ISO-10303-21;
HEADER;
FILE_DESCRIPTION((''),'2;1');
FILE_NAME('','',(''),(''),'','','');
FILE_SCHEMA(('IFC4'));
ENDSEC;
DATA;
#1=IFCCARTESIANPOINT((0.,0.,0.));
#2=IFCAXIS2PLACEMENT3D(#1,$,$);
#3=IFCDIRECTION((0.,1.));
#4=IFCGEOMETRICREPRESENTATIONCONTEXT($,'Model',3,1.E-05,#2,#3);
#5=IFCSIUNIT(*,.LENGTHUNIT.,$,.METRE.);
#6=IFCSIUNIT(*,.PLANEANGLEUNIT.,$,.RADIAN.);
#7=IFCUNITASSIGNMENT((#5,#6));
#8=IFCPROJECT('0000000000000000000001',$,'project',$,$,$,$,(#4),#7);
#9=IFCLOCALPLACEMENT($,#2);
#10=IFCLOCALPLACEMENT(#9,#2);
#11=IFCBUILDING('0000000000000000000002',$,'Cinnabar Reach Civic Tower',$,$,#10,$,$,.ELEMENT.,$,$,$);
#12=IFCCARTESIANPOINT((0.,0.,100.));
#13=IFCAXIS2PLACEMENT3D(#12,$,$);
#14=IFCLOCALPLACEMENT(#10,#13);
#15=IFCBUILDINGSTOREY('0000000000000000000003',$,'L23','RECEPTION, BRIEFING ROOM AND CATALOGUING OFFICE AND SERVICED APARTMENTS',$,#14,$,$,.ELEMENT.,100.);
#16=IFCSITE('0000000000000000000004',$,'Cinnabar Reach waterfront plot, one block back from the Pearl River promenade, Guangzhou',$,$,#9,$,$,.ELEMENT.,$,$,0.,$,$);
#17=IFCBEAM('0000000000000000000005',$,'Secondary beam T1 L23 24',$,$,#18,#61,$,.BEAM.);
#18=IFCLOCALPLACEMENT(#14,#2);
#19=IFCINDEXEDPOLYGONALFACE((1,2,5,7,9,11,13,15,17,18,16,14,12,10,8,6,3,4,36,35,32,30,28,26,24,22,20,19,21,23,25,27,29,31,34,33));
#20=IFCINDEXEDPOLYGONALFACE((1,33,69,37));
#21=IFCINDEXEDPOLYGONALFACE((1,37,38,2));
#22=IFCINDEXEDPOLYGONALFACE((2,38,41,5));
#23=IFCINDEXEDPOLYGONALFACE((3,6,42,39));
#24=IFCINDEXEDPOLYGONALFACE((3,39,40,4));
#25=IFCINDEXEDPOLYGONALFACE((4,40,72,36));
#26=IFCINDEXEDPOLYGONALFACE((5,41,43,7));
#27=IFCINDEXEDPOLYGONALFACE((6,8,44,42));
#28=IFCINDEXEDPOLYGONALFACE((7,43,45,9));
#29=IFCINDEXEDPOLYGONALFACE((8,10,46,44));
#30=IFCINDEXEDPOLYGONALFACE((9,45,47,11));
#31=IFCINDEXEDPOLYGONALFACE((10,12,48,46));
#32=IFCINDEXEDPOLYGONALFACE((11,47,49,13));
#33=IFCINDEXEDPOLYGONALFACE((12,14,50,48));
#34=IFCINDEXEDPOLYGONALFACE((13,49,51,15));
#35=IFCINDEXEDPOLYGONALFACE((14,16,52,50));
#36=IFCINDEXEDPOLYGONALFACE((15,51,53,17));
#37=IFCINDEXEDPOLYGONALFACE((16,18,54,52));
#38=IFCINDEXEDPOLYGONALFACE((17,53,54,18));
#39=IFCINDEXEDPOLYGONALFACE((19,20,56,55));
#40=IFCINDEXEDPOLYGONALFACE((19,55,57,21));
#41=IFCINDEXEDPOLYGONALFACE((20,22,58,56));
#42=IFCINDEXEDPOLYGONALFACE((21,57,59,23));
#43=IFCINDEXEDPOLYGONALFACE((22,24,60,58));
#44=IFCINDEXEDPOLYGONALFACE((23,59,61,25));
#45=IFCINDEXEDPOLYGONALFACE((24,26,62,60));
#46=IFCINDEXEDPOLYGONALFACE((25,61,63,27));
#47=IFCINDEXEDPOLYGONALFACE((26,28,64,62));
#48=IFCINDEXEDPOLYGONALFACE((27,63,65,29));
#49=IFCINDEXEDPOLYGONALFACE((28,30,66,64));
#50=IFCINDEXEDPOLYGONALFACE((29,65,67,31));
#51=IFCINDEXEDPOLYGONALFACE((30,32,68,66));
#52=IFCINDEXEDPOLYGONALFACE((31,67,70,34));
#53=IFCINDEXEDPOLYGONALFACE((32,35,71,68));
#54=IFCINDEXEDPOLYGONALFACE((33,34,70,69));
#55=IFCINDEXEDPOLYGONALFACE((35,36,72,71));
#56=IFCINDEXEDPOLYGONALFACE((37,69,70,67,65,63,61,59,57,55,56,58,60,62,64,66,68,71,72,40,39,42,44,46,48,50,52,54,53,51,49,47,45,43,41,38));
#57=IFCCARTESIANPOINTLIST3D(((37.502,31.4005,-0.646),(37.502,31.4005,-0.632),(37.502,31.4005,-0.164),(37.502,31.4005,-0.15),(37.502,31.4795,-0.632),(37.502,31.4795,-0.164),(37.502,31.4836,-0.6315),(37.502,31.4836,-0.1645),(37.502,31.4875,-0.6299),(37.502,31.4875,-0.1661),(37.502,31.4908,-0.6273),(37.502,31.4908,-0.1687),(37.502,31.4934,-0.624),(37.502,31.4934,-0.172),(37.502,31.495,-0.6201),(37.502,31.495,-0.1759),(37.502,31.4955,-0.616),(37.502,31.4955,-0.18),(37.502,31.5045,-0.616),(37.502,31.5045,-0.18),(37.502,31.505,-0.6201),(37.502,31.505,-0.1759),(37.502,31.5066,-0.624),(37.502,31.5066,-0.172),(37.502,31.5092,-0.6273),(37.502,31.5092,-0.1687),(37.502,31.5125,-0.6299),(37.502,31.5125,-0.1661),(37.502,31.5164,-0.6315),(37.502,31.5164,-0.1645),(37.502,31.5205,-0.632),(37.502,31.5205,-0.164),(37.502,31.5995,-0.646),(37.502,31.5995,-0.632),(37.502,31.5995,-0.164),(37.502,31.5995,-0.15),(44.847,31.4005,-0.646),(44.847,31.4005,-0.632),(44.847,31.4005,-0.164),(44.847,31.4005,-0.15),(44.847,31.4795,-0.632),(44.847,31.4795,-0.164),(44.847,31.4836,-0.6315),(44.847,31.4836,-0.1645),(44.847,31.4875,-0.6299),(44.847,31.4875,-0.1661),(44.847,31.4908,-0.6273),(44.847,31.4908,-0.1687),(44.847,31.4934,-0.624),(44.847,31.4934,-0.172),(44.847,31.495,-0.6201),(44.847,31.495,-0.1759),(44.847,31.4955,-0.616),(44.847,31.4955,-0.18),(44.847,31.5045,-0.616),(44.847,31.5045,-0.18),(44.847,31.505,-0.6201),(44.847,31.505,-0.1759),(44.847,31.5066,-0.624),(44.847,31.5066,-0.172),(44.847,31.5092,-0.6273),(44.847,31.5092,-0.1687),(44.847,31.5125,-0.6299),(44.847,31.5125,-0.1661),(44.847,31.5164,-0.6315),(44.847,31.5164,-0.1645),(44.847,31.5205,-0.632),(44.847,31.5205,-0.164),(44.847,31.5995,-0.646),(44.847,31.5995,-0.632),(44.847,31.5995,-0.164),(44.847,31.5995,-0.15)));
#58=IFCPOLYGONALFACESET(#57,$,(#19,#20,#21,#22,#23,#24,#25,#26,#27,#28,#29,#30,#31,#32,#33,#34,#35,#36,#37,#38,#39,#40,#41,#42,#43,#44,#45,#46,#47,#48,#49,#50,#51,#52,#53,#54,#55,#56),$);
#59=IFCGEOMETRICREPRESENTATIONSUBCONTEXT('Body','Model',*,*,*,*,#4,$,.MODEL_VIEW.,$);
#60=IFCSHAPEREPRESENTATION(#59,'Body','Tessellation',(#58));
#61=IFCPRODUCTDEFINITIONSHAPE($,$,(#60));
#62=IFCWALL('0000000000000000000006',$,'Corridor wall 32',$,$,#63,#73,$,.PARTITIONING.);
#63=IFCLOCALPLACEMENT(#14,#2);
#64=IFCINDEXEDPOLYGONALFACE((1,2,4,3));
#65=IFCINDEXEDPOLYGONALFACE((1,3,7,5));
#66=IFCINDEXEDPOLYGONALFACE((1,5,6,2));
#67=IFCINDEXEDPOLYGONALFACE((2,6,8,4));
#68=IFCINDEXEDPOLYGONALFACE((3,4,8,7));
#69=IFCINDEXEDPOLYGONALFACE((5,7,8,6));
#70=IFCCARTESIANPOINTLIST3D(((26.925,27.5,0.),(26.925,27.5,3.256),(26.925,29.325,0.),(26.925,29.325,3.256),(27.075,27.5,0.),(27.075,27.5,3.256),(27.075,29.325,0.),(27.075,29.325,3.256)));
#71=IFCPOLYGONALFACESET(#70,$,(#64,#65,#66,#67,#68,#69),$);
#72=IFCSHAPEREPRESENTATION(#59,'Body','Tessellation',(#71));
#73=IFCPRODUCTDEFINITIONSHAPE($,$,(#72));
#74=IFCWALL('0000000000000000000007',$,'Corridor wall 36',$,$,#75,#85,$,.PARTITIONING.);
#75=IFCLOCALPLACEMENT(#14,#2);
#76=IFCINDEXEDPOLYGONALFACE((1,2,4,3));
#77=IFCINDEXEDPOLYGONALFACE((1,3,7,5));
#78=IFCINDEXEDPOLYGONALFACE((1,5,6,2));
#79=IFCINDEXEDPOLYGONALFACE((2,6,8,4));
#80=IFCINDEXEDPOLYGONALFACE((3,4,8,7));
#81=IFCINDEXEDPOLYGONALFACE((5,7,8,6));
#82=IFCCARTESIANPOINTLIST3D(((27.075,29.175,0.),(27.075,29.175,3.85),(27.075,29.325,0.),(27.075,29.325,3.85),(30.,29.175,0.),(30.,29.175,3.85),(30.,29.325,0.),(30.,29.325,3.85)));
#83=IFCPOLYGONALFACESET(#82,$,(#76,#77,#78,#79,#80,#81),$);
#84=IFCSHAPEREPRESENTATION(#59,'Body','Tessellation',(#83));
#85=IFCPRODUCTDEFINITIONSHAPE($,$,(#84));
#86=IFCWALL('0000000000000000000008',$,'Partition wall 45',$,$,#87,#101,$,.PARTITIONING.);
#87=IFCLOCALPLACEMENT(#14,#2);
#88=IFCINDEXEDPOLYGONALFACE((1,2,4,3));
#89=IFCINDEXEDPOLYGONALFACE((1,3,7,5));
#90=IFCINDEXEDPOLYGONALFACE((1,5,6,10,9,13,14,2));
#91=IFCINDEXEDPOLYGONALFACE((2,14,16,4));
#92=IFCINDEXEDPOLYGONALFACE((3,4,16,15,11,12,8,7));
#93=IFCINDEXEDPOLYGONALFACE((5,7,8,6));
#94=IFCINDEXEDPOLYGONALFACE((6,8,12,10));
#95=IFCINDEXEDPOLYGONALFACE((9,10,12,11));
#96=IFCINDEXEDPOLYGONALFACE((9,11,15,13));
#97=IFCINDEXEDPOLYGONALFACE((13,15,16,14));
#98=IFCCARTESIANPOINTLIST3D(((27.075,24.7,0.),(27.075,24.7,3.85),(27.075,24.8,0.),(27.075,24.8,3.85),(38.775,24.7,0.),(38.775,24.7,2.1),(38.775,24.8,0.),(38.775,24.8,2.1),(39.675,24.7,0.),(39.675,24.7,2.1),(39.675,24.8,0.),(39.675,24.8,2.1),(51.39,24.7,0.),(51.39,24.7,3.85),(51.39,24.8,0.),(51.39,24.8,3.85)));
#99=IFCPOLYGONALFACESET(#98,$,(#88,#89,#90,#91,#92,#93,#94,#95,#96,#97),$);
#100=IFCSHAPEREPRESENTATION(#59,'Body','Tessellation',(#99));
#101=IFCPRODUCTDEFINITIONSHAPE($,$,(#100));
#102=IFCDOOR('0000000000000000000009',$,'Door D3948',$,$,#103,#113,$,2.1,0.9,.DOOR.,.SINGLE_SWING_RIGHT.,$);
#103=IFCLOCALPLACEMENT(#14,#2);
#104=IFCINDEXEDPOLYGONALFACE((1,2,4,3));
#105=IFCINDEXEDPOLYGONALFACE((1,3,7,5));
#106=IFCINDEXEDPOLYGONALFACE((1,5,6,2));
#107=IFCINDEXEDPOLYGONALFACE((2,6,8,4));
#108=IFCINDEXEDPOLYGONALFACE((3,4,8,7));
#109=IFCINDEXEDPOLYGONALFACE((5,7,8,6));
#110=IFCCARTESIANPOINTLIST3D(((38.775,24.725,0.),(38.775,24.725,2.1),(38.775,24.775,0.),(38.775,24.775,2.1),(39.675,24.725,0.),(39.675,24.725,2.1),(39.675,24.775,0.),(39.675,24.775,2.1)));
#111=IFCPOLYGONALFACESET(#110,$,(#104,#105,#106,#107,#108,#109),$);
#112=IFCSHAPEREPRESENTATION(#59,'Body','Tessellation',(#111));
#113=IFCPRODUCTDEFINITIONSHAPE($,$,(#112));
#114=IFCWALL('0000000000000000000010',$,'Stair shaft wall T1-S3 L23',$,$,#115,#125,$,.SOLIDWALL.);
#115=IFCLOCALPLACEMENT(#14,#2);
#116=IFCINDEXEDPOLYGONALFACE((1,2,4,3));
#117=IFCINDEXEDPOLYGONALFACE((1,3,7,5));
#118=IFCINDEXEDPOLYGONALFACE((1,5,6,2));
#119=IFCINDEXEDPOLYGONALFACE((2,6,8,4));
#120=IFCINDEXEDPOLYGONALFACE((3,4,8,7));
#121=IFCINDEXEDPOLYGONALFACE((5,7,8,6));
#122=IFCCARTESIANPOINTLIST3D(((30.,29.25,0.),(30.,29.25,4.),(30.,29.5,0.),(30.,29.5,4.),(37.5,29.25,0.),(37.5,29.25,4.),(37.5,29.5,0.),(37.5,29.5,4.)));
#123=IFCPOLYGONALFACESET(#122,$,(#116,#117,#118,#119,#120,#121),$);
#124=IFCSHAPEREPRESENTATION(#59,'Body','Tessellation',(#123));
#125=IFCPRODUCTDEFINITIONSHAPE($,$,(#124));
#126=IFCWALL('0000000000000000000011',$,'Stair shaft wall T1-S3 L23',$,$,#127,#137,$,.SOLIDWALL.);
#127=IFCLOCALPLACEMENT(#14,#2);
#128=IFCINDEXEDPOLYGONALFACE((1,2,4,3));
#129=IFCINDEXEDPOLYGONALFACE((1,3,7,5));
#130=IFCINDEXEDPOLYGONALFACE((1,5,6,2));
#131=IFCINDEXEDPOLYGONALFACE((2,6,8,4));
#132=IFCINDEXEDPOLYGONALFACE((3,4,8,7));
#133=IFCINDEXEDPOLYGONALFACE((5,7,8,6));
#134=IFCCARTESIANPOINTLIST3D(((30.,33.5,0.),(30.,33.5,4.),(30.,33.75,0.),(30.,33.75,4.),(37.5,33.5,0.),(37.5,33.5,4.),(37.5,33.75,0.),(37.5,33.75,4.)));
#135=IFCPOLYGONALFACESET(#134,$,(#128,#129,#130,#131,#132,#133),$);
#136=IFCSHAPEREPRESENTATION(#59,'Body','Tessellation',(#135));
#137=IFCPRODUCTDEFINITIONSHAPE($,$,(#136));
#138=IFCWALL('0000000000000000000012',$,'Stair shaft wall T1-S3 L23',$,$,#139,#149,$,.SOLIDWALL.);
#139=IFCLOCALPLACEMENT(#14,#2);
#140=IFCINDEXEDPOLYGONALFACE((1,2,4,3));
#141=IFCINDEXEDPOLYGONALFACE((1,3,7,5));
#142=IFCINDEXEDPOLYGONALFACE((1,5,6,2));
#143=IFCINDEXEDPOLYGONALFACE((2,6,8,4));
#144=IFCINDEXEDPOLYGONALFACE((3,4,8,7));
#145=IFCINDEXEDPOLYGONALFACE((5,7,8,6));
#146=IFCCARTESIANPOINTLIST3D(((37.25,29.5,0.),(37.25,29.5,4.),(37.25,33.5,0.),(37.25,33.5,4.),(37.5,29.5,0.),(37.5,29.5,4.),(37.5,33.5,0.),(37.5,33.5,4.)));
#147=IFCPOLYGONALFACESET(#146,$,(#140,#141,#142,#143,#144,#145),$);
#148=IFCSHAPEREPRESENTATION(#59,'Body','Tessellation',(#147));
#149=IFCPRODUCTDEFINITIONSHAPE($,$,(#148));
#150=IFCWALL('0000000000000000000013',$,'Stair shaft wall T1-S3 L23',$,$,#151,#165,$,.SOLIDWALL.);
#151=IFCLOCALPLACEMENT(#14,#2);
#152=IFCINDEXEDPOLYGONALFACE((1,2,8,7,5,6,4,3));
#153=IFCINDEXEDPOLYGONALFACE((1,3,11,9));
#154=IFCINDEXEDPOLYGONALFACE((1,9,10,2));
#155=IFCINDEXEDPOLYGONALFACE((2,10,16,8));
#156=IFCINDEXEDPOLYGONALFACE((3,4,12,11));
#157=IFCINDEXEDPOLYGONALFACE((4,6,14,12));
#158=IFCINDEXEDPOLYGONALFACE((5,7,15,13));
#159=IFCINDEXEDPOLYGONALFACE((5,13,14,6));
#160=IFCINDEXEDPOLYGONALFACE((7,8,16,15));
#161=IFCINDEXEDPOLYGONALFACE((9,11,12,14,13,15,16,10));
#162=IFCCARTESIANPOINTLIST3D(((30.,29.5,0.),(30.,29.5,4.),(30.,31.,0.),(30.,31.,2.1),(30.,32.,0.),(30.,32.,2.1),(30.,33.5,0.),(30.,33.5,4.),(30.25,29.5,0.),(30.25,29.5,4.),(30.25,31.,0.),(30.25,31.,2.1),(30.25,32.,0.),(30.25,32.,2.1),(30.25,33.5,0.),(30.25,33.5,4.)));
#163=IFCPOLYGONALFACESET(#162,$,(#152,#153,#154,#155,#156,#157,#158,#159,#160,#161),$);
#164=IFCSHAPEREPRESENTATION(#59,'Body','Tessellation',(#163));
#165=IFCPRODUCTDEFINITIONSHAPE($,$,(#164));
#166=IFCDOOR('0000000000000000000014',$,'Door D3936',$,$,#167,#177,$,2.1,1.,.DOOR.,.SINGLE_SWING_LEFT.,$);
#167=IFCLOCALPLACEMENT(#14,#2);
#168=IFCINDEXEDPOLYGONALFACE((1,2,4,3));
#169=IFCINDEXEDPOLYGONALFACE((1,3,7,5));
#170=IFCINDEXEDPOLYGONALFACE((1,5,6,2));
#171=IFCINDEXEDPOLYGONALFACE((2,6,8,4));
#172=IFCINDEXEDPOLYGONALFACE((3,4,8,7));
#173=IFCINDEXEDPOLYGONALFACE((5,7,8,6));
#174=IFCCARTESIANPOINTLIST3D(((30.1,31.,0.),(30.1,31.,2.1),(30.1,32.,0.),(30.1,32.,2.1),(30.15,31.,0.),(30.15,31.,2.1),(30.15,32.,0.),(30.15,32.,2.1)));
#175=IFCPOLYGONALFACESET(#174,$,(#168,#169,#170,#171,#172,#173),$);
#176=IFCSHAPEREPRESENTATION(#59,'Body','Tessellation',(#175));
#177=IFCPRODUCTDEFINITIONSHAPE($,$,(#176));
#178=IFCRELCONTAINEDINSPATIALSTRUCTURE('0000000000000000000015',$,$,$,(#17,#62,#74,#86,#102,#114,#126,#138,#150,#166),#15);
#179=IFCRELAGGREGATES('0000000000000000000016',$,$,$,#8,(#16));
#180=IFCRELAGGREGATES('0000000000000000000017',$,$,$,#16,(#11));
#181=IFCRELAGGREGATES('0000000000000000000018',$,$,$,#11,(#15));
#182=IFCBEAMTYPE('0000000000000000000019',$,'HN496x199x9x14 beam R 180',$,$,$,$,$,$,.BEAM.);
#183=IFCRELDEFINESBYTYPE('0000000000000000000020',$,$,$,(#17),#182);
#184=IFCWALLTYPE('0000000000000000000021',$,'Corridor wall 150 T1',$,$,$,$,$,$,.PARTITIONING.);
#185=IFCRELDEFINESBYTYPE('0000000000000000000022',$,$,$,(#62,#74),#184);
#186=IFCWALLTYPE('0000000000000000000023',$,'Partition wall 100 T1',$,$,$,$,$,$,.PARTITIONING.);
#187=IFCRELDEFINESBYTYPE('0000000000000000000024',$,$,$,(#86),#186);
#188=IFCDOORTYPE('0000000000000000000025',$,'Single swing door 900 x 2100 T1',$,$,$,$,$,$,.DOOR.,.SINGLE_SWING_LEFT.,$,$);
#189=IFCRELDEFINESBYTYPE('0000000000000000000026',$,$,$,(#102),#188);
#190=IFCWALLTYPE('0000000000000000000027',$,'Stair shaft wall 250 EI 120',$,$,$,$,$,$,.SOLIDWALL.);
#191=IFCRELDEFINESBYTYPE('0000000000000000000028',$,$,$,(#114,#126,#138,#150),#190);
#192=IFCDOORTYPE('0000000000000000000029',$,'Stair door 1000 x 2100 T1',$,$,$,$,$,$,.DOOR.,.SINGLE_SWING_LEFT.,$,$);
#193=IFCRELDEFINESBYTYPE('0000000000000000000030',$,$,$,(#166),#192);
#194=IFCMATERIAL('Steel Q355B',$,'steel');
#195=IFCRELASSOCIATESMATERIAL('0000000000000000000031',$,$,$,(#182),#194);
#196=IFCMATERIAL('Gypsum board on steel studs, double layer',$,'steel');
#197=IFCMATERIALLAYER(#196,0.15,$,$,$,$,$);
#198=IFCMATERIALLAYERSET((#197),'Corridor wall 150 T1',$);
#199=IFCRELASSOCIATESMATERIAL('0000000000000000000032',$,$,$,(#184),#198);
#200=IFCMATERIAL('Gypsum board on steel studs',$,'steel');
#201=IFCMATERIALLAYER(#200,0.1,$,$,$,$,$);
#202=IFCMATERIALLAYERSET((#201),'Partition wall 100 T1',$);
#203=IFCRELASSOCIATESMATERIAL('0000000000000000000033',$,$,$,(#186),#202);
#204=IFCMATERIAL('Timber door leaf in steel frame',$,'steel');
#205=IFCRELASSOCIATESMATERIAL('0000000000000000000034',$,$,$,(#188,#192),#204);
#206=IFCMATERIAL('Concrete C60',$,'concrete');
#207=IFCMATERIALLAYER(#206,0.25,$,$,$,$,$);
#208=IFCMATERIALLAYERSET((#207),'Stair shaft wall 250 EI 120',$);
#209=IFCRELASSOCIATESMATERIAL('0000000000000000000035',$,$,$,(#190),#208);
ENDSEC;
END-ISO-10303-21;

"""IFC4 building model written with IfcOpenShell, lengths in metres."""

from ifc_helpers import new_model, si_unit, direction, frame, frame_2d, origin, origin_2d, place, context, subcontext, project, spatial, rectangle, i_section, extrude, material, layer, layer_set, material_profile, profile_set, type_object, element, fill, save


model = new_model("IFC4")

# Units and contexts
model_context = context("Model", 3, precision=1e-05, world=origin(), true_north=direction((0.0, 1.0)))
body_context = subcontext(model_context, "Body", "Model", "MODEL_VIEW")
ifc_project = project(units=[si_unit("LENGTHUNIT", "METRE"), si_unit("PLANEANGLEUNIT", "RADIAN")], contexts=[model_context])

# Site, building, storey
site_placement = place(None, origin())
site = spatial("IfcSite", under=ifc_project, at=site_placement, Name="Cinnabar Reach waterfront plot, one block back from the Pearl River promenade, Guangzhou", CompositionType="ELEMENT", RefElevation=0.0)
building_placement = place(site_placement, origin())
building = spatial("IfcBuilding", under=site, at=building_placement, Name="Cinnabar Reach Civic Tower", CompositionType="ELEMENT")
storey_placement = place(building_placement, frame((0.0, 0.0, 100.0)))
storey = spatial("IfcBuildingStorey", under=building, at=storey_placement, Name="L23", Description="RECEPTION, BRIEFING ROOM AND CATALOGUING OFFICE AND SERVICED APARTMENTS", CompositionType="ELEMENT", Elevation=100.0)

# Beam
ifc_material_1 = material(Name="Steel Q355B", Category="steel")
ifc_material_profile_1 = material_profile(ifc_material_1, i_section(OverallWidth=0.199, OverallDepth=0.496, WebThickness=0.009, FlangeThickness=0.014, FilletRadius=0.016, at=origin_2d()), Name="HN496x199x9x14")
ifc_profile_set_1 = profile_set([ifc_material_profile_1], Name="Steel Q355B")
beam_type_1 = type_object("IfcBeamType", Name="HN496x199x9x14 beam R 180", PredefinedType="BEAM", material=ifc_profile_set_1)
beam_1_placement = place(storey_placement, frame((37.502, 31.5, -0.398), z_axis=(1.0, 0.0, 0.0), x_axis=(0.0, 1.0, 0.0)))
element("IfcBeam", 1, at=beam_1_placement, inside=storey, type_object=beam_type_1, Name="Secondary beam T1 L23 24", PredefinedType="BEAM", context=body_context, shape_type="SweptSolid", body=[
    extrude(i_section(OverallWidth=0.199, OverallDepth=0.496, WebThickness=0.009, FlangeThickness=0.014, FilletRadius=0.016, at=origin_2d()), origin(), (0.0, 0.0, 1.0), 7.345),
])

# Walls
ifc_material_2 = material(Name="Gypsum board on steel studs, double layer", Category="steel")
ifc_layer_1 = layer(ifc_material_2, 0.15)
ifc_layer_set_1 = layer_set([ifc_layer_1], Name="Corridor wall 150 T1")
wall_type_1 = type_object("IfcWallType", Name="Corridor wall 150 T1", PredefinedType="PARTITIONING", material=ifc_layer_set_1)
wall_1_placement = place(storey_placement, frame((27.0, 27.5, 0.0), z_axis=(0.0, 0.0, 1.0), x_axis=(0.0, 1.0, 0.0)))
element("IfcWall", 2, at=wall_1_placement, inside=storey, type_object=wall_type_1, Name="Corridor wall 32", PredefinedType="PARTITIONING", context=body_context, shape_type="SweptSolid", body=[
    extrude(rectangle(XDim=1.825, YDim=0.15, at=frame_2d((0.9125, 0.0))), origin(), (0.0, 0.0, 1.0), 3.256),
])
wall_2_placement = place(storey_placement, frame((27.075, 29.25, 0.0), z_axis=(0.0, 0.0, 1.0), x_axis=(1.0, 0.0, 0.0)))
element("IfcWall", 3, at=wall_2_placement, inside=storey, type_object=wall_type_1, Name="Corridor wall 36", PredefinedType="PARTITIONING", context=body_context, shape_type="SweptSolid", body=[
    extrude(rectangle(XDim=2.925, YDim=0.15, at=frame_2d((1.4625, 0.0))), origin(), (0.0, 0.0, 1.0), 3.85),
])

# Wall, opening, door
ifc_material_3 = material(Name="Gypsum board on steel studs", Category="steel")
ifc_layer_2 = layer(ifc_material_3, 0.1)
ifc_layer_set_2 = layer_set([ifc_layer_2], Name="Partition wall 100 T1")
wall_type_2 = type_object("IfcWallType", Name="Partition wall 100 T1", PredefinedType="PARTITIONING", material=ifc_layer_set_2)
wall_3_placement = place(storey_placement, frame((27.075, 24.75, 0.0), z_axis=(0.0, 0.0, 1.0), x_axis=(1.0, 0.0, 0.0)))
wall_3 = element("IfcWall", 4, at=wall_3_placement, inside=storey, type_object=wall_type_2, Name="Partition wall 45", PredefinedType="PARTITIONING", context=body_context, shape_type="SweptSolid", body=[
    extrude(rectangle(XDim=24.315, YDim=0.1, at=frame_2d((12.1575, 0.0))), origin(), (0.0, 0.0, 1.0), 3.85),
])
opening_1_placement = place(wall_3_placement, frame((11.7, 0.0, 0.0)))
opening_1 = element("IfcOpeningElement", 5, at=opening_1_placement, cuts=wall_3, PredefinedType="OPENING", context=body_context, shape_type="SweptSolid", body=[
    extrude(rectangle(XDim=0.9, YDim=2.1, at=frame_2d((0.45, 1.05))), frame((0.0, 0.06, 0.0), z_axis=(0.0, -1.0, 0.0), x_axis=(1.0, 0.0, 0.0)), (0.0, 0.0, 1.0), 0.12),
])
ifc_material_4 = material(Name="Timber door leaf in steel frame", Category="steel")
door_type_1 = type_object("IfcDoorType", Name="Single swing door 900 x 2100 T1", OperationType="SINGLE_SWING_LEFT", PredefinedType="DOOR", material=ifc_material_4)
door_1_placement = place(opening_1_placement, frame((0.9, 0.0, 0.0), z_axis=(0.0, 0.0, 1.0), x_axis=(-1.0, 0.0, 0.0)))
door_1 = element("IfcDoor", 6, at=door_1_placement, inside=storey, type_object=door_type_1, Name="Door D3948", OperationType="SINGLE_SWING_RIGHT", OverallHeight=2.1, OverallWidth=0.9, PredefinedType="DOOR", context=body_context, shape_type="SweptSolid", body=[
    extrude(rectangle(XDim=0.9, YDim=2.1, at=frame_2d((0.45, 1.05))), frame((0.0, 0.025, 0.0), z_axis=(0.0, -1.0, 0.0), x_axis=(1.0, 0.0, 0.0)), (0.0, 0.0, 1.0), 0.05),
])
fill(opening_1, door_1)

# Walls
ifc_material_5 = material(Name="Concrete C60", Category="concrete")
ifc_layer_3 = layer(ifc_material_5, 0.25)
ifc_layer_set_3 = layer_set([ifc_layer_3], Name="Stair shaft wall 250 EI 120")
wall_type_3 = type_object("IfcWallType", Name="Stair shaft wall 250 EI 120", PredefinedType="SOLIDWALL", material=ifc_layer_set_3)
for number, where, z_axis, x_axis, name in (
    (7, (30.0, 29.375, 0.0), (0.0, 0.0, 1.0), (1.0, 0.0, 0.0), "Stair shaft wall T1-S3 L23"),
    (8, (37.5, 33.625, 0.0), (0.0, 0.0, 1.0), (-1.0, 0.0, 0.0), "Stair shaft wall T1-S3 L23"),
):
    element("IfcWall", number, at=place(storey_placement, frame(where, z_axis=z_axis, x_axis=x_axis)), inside=storey, type_object=wall_type_3, Name=name, PredefinedType="SOLIDWALL", context=body_context, shape_type="SweptSolid", body=[
        extrude(rectangle(XDim=7.5, YDim=0.25, at=frame_2d((3.75, 0.0))), origin(), (0.0, 0.0, 1.0), 4.0),
    ])
wall_4_placement = place(storey_placement, frame((37.375, 29.5, 0.0), z_axis=(0.0, 0.0, 1.0), x_axis=(0.0, 1.0, 0.0)))
element("IfcWall", 9, at=wall_4_placement, inside=storey, type_object=wall_type_3, Name="Stair shaft wall T1-S3 L23", PredefinedType="SOLIDWALL", context=body_context, shape_type="SweptSolid", body=[
    extrude(rectangle(XDim=4.0, YDim=0.25, at=frame_2d((2.0, 0.0))), origin(), (0.0, 0.0, 1.0), 4.0),
])

# Wall, opening, door
wall_5_placement = place(storey_placement, frame((30.125, 33.5, 0.0), z_axis=(0.0, 0.0, 1.0), x_axis=(0.0, -1.0, 0.0)))
wall_5 = element("IfcWall", 10, at=wall_5_placement, inside=storey, type_object=wall_type_3, Name="Stair shaft wall T1-S3 L23", PredefinedType="SOLIDWALL", context=body_context, shape_type="SweptSolid", body=[
    extrude(rectangle(XDim=4.0, YDim=0.25, at=frame_2d((2.0, 0.0))), origin(), (0.0, 0.0, 1.0), 4.0),
])
opening_2_placement = place(wall_5_placement, frame((1.5, 0.0, 0.0)))
opening_2 = element("IfcOpeningElement", 11, at=opening_2_placement, cuts=wall_5, PredefinedType="OPENING", context=body_context, shape_type="SweptSolid", body=[
    extrude(rectangle(XDim=1.0, YDim=2.1, at=frame_2d((0.5, 1.05))), frame((0.0, 0.135, 0.0), z_axis=(0.0, -1.0, 0.0), x_axis=(1.0, 0.0, 0.0)), (0.0, 0.0, 1.0), 0.27),
])
door_type_2 = type_object("IfcDoorType", Name="Stair door 1000 x 2100 T1", OperationType="SINGLE_SWING_LEFT", PredefinedType="DOOR", material=ifc_material_4)
door_2_placement = place(opening_2_placement, origin())
door_2 = element("IfcDoor", 12, at=door_2_placement, inside=storey, type_object=door_type_2, Name="Door D3936", OperationType="SINGLE_SWING_LEFT", OverallHeight=2.1, OverallWidth=1.0, PredefinedType="DOOR", context=body_context, shape_type="SweptSolid", body=[
    extrude(rectangle(XDim=1.0, YDim=2.1, at=frame_2d((0.5, 1.05))), frame((0.0, 0.025, 0.0), z_axis=(0.0, -1.0, 0.0), x_axis=(1.0, 0.0, 0.0)), (0.0, 0.0, 1.0), 0.05),
])
fill(opening_2, door_2)

save(model, "model.ifc")
